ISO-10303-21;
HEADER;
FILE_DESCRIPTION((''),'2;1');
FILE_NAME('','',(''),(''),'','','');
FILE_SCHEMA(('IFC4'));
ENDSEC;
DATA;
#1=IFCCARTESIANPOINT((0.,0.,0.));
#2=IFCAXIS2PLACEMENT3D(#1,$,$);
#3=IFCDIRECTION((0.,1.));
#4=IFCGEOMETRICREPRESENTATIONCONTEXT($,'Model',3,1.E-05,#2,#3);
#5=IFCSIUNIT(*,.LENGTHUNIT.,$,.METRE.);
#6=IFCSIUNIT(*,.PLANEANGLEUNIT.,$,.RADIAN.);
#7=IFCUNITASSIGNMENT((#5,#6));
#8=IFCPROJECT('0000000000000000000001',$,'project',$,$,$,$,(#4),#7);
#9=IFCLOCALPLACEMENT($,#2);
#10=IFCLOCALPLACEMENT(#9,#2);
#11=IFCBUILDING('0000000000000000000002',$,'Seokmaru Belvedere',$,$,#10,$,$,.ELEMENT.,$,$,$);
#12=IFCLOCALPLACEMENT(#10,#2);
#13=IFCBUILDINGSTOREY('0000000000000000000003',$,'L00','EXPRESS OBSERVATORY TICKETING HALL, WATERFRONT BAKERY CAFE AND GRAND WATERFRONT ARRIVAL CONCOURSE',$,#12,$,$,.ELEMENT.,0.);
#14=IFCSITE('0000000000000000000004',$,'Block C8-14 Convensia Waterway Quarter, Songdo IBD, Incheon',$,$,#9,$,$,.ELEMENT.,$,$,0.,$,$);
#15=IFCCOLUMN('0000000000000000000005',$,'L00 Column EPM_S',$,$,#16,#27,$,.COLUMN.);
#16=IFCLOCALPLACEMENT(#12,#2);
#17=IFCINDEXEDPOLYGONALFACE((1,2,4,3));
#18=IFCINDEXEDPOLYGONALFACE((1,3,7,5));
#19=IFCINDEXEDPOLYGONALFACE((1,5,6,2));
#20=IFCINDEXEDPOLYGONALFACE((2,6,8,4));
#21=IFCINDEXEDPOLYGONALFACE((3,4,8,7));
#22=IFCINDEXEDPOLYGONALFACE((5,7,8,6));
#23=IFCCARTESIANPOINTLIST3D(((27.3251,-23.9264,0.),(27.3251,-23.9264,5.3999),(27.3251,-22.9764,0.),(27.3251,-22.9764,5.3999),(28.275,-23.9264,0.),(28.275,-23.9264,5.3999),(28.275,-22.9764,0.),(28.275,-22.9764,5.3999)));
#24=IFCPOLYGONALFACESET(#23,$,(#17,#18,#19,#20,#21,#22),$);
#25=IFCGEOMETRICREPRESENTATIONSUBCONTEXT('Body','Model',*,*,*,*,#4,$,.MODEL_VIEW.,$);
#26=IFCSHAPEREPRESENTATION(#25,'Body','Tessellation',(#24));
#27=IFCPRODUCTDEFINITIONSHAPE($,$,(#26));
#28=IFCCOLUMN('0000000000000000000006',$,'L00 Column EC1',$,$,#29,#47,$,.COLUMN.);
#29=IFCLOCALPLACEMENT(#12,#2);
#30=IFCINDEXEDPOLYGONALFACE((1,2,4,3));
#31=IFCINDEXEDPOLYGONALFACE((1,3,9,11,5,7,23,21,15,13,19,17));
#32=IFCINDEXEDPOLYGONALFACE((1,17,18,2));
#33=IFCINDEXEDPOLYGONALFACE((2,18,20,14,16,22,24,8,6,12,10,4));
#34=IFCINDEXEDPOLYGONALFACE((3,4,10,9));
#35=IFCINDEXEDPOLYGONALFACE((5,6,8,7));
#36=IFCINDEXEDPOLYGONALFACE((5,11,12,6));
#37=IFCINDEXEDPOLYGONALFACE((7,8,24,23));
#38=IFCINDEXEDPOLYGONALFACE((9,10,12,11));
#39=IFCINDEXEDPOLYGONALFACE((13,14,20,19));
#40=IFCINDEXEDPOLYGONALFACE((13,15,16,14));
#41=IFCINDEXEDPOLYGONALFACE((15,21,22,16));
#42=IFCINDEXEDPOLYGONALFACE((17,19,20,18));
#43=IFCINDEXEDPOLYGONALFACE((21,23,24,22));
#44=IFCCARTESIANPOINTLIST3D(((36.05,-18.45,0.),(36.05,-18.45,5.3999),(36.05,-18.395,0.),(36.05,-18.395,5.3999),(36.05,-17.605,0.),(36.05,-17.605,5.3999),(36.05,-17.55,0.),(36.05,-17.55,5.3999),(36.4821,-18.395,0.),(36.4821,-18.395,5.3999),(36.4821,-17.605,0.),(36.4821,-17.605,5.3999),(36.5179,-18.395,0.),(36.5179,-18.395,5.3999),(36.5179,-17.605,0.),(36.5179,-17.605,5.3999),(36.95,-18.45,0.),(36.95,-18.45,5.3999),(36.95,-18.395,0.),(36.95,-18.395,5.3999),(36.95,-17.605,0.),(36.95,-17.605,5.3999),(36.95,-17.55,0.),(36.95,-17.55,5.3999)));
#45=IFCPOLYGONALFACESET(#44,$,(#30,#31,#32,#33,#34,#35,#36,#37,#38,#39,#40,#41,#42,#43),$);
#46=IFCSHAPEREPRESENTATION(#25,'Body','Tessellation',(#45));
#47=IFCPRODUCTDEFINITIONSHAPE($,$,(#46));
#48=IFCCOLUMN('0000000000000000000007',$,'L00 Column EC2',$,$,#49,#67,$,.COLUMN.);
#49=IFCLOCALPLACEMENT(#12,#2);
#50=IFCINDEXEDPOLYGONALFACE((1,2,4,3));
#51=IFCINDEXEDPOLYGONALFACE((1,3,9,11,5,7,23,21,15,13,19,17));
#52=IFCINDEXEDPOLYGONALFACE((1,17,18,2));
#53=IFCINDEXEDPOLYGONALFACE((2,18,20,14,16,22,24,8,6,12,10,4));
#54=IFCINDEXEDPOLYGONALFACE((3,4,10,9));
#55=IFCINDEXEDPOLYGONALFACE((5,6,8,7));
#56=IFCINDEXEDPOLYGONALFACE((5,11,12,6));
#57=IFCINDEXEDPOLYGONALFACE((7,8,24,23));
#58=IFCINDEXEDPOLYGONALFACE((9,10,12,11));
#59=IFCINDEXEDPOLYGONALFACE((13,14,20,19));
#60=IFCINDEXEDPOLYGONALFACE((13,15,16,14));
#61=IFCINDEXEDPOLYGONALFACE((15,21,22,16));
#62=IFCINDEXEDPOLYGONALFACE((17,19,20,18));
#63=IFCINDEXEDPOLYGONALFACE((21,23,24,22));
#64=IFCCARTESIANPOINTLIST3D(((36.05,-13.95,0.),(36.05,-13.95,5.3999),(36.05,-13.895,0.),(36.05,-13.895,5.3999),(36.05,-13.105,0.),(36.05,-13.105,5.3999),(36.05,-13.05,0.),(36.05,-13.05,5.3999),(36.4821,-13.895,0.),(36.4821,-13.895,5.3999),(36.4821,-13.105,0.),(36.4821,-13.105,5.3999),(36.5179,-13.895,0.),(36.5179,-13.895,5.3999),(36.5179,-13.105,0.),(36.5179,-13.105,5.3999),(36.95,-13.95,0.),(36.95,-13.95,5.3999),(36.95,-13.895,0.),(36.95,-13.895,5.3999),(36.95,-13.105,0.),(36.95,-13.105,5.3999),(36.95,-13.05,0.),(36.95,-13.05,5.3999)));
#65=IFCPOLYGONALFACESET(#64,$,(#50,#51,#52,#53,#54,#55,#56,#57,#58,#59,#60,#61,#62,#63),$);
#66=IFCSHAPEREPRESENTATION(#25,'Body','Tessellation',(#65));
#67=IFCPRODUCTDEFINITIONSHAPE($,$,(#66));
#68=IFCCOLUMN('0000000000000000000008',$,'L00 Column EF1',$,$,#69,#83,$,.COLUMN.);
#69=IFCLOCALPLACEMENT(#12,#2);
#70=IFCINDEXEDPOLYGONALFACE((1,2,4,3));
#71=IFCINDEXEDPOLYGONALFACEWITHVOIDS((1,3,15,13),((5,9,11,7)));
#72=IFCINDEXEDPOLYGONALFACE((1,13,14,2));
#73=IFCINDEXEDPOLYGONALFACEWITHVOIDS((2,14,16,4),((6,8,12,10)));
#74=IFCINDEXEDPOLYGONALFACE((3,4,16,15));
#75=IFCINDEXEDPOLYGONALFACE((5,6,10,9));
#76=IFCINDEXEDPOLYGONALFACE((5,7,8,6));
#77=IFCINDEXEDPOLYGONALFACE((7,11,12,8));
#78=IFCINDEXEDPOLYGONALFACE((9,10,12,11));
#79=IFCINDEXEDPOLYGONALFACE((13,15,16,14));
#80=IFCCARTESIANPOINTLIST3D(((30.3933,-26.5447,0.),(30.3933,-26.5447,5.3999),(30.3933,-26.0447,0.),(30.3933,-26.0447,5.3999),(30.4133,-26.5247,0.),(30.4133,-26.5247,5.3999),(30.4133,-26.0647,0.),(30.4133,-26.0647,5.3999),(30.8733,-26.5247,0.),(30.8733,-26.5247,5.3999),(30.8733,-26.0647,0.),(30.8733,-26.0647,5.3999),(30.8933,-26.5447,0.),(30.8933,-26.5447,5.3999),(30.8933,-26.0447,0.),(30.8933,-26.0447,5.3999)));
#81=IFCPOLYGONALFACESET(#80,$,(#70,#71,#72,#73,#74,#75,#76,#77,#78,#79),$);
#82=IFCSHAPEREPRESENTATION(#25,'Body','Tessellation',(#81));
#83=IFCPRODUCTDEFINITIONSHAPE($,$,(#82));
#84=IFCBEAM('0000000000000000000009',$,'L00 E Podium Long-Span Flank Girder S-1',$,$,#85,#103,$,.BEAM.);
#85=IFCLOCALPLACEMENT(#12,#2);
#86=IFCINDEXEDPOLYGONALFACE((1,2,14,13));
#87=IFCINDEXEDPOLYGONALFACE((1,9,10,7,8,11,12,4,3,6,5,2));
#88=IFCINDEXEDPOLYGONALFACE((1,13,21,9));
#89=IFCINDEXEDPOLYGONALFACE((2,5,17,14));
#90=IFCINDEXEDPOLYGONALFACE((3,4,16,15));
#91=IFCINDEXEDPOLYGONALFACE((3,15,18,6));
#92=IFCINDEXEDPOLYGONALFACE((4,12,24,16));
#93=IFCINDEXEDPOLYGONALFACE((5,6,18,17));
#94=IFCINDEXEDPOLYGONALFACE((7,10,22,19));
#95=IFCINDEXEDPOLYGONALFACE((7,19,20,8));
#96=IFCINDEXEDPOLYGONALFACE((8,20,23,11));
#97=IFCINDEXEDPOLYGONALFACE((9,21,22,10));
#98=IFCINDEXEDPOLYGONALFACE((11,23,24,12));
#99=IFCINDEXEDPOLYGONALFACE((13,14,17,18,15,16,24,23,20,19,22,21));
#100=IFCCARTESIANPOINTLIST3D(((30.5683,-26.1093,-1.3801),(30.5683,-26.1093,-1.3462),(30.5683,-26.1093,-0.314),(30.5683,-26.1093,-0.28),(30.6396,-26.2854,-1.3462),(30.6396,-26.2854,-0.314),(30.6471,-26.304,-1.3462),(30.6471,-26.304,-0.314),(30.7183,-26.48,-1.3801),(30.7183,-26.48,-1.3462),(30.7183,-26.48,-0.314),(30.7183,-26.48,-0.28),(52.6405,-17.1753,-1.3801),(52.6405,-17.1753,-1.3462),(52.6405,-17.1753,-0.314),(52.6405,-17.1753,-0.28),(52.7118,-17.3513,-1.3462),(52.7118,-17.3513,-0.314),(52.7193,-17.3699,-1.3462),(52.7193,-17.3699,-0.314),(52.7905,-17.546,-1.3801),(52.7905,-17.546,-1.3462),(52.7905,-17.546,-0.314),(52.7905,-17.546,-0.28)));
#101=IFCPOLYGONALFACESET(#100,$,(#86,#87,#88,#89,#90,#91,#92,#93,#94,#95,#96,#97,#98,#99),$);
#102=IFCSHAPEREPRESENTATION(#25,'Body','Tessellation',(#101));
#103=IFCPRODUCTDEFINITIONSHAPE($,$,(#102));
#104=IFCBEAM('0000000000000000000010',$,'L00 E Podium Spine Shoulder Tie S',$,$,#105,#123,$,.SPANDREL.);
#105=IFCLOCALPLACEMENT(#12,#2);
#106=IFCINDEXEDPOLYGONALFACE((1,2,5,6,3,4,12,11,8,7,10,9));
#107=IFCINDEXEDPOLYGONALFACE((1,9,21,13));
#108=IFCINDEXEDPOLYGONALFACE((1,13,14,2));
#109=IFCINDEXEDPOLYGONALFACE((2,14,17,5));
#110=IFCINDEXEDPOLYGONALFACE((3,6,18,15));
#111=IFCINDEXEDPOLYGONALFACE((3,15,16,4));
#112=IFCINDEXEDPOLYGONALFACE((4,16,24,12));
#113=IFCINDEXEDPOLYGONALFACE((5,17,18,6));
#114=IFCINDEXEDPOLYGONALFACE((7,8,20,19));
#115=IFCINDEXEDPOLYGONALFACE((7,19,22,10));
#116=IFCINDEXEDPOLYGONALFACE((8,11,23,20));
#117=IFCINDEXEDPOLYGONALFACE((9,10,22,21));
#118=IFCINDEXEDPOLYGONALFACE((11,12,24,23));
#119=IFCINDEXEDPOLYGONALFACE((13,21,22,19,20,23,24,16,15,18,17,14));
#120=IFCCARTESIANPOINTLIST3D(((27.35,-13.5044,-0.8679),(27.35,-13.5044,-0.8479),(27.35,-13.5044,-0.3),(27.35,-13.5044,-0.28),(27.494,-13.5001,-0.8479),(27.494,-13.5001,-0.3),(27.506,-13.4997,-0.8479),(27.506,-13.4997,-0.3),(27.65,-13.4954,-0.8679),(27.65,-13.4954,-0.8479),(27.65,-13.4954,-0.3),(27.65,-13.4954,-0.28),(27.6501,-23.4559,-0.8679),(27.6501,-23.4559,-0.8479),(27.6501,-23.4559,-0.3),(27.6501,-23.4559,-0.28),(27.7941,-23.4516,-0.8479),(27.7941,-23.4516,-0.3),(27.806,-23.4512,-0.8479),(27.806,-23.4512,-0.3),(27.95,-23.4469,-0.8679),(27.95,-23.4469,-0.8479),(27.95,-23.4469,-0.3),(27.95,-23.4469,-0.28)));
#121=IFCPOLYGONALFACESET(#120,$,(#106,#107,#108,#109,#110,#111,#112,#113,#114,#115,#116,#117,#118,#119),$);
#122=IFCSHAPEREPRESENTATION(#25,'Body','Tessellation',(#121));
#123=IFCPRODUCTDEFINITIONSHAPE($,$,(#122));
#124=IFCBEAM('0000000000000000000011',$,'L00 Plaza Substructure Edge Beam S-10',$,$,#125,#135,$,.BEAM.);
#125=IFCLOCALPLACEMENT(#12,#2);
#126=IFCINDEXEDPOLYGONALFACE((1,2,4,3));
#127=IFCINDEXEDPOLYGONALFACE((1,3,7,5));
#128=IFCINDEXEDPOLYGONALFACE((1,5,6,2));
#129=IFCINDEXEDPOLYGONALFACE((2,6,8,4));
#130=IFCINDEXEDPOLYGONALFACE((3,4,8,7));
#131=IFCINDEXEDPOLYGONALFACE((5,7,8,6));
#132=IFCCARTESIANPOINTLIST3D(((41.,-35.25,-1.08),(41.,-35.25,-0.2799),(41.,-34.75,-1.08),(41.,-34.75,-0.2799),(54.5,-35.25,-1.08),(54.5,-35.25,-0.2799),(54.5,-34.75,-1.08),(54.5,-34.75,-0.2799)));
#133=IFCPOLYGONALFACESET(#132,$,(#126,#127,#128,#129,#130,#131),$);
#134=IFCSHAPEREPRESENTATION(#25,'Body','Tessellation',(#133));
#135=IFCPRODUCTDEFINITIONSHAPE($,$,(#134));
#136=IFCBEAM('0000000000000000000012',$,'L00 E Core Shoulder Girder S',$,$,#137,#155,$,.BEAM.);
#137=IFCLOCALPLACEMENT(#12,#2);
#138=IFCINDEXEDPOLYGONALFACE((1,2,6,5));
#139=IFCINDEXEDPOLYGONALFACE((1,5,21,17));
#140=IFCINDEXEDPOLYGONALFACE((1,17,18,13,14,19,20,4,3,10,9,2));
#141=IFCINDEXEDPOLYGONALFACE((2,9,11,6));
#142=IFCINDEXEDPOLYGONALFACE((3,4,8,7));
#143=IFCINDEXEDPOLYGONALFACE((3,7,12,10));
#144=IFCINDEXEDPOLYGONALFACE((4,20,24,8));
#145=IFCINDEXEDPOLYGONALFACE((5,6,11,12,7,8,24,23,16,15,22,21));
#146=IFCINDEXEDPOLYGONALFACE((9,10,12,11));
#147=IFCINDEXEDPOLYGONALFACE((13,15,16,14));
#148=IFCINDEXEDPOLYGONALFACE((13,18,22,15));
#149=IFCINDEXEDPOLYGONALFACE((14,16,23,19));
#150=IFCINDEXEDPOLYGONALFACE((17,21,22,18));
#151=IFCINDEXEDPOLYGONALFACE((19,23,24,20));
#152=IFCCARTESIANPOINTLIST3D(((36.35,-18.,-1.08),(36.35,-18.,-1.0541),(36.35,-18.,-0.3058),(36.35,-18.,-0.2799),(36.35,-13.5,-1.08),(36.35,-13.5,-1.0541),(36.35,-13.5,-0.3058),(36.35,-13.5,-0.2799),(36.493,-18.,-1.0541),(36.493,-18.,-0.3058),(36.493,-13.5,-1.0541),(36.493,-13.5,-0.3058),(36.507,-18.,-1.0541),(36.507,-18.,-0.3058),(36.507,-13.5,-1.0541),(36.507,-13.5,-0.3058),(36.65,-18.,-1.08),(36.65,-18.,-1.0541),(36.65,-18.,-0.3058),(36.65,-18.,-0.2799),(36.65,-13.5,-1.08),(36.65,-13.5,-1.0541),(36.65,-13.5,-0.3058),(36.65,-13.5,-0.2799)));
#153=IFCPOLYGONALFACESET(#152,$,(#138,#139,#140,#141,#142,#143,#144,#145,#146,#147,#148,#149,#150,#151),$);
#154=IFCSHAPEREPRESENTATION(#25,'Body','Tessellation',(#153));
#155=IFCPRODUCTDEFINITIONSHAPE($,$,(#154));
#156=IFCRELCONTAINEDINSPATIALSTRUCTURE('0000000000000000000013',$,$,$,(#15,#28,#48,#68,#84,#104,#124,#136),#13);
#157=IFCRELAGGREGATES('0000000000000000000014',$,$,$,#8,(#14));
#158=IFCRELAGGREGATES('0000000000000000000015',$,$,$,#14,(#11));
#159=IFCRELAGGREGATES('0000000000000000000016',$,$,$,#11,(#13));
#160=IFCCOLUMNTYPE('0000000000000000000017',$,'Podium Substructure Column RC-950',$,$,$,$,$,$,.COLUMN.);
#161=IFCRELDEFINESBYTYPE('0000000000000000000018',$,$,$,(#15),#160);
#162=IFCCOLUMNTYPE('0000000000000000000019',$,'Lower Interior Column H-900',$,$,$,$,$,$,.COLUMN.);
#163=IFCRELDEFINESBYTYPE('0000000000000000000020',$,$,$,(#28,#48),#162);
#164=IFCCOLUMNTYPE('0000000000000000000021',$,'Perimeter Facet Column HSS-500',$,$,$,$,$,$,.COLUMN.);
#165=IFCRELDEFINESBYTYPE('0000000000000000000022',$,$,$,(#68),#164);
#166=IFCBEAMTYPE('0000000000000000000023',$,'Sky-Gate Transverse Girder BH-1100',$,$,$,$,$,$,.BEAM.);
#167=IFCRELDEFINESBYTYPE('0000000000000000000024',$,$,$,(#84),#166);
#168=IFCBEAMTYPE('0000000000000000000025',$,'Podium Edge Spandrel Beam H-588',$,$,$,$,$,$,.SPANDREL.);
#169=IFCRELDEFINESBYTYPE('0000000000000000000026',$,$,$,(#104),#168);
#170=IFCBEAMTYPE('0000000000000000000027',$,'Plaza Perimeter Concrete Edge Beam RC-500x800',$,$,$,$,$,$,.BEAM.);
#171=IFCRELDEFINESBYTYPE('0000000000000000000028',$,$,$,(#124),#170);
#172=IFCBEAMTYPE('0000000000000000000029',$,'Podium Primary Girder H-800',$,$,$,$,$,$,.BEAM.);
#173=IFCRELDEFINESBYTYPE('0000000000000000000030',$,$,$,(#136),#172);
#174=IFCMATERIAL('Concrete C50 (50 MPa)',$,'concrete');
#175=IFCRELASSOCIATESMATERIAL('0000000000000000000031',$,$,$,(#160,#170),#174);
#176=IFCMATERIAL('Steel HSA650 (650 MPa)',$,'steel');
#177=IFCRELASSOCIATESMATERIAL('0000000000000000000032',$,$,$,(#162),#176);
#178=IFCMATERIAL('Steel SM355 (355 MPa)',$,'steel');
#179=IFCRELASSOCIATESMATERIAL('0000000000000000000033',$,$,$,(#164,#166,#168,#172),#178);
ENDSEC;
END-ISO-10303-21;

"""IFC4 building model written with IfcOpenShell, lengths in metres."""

from ifc_helpers import new_model, si_unit, direction, frame, origin, origin_2d, place, context, subcontext, project, spatial, rectangle, hollow_rectangle, i_section, extrude, source, transform, mapped, material, material_profile, profile_set, type_object, type_shapes, element, save


model = new_model("IFC4")

# Units and contexts
model_context = context("Model", 3, precision=1e-05, world=origin(), true_north=direction((0.0, 1.0)))
body_context = subcontext(model_context, "Body", "Model", "MODEL_VIEW")
ifc_project = project(units=[si_unit("LENGTHUNIT", "METRE"), si_unit("PLANEANGLEUNIT", "RADIAN")], contexts=[model_context])

# Site, building, storey
site_placement = place(None, origin())
site = spatial("IfcSite", under=ifc_project, at=site_placement, Name="Block C8-14 Convensia Waterway Quarter, Songdo IBD, Incheon", CompositionType="ELEMENT", RefElevation=0.0)
building_placement = place(site_placement, origin())
building = spatial("IfcBuilding", under=site, at=building_placement, Name="Seokmaru Belvedere", CompositionType="ELEMENT")
storey_placement = place(building_placement, origin())
storey = spatial("IfcBuildingStorey", under=building, at=storey_placement, Name="L00", Description="EXPRESS OBSERVATORY TICKETING HALL, WATERFRONT BAKERY CAFE AND GRAND WATERFRONT ARRIVAL CONCOURSE", CompositionType="ELEMENT", Elevation=0.0)

# Columns
ifc_material_1 = material(Name="Concrete C50 (50 MPa)", Category="concrete")
ifc_material_profile_1 = material_profile(ifc_material_1, rectangle(XDim=0.95, YDim=0.95, at=origin_2d()), Name="RC-950x950")
ifc_profile_set_1 = profile_set([ifc_material_profile_1], Name="Concrete C50 (50 MPa)")
column_type_1 = type_object("IfcColumnType", Name="Podium Substructure Column RC-950", PredefinedType="COLUMN", material=ifc_profile_set_1)
shared_shape_1 = source(origin(), body_context, "Body", "SweptSolid", [
    extrude(rectangle(XDim=0.95, YDim=0.95, at=origin_2d()), origin(), (0.0, 0.0, 1.0), 5.3999),
])
type_shapes(column_type_1, [shared_shape_1])
column_1_placement = place(storey_placement, frame((27.8, -23.4514, 0.0), z_axis=(0.0, 0.0, 1.0), x_axis=(1.0, 0.0, 0.0)))
element("IfcColumn", 1, at=column_1_placement, inside=storey, type_object=column_type_1, Name="L00 Column EPM_S", PredefinedType="COLUMN", context=body_context, shape_type="MappedRepresentation", body=[
    mapped(shared_shape_1, transform((0.0, 0.0, 0.0), scale=1.0)),
])
ifc_material_2 = material(Name="Steel HSA650 (650 MPa)", Category="steel")
ifc_material_profile_2 = material_profile(ifc_material_2, i_section(OverallWidth=0.8999, OverallDepth=0.8999, WebThickness=0.0359, FlangeThickness=0.0549, at=origin_2d()), Name="H-900x900x36x55")
ifc_profile_set_2 = profile_set([ifc_material_profile_2], Name="Steel HSA650 (650 MPa)")
column_type_2 = type_object("IfcColumnType", Name="Lower Interior Column H-900", PredefinedType="COLUMN", material=ifc_profile_set_2)
shared_shape_2 = source(origin(), body_context, "Body", "SweptSolid", [
    extrude(i_section(OverallWidth=0.8999, OverallDepth=0.8999, WebThickness=0.0359, FlangeThickness=0.0549, at=origin_2d()), origin(), (0.0, 0.0, 1.0), 5.3999),
])
type_shapes(column_type_2, [shared_shape_2])
for number, where, z_axis, x_axis, name in (
    (2, (36.5, -18.0, 0.0), (0.0, 0.0, 1.0), (1.0, 0.0, 0.0), "L00 Column EC1"),
    (3, (36.5, -13.5, 0.0), (0.0, 0.0, 1.0), (1.0, 0.0, 0.0), "L00 Column EC2"),
):
    element("IfcColumn", number, at=place(storey_placement, frame(where, z_axis=z_axis, x_axis=x_axis)), inside=storey, type_object=column_type_2, Name=name, PredefinedType="COLUMN", context=body_context, shape_type="MappedRepresentation", body=[
        mapped(shared_shape_2, transform((0.0, 0.0, 0.0), scale=1.0)),
    ])
ifc_material_3 = material(Name="Steel SM355 (355 MPa)", Category="steel")
ifc_material_profile_3 = material_profile(ifc_material_3, hollow_rectangle(XDim=0.5, YDim=0.5, WallThickness=0.02, at=origin_2d()), Name="HSS-500x500x20")
ifc_profile_set_3 = profile_set([ifc_material_profile_3], Name="Steel SM355 (355 MPa)")
column_type_3 = type_object("IfcColumnType", Name="Perimeter Facet Column HSS-500", PredefinedType="COLUMN", material=ifc_profile_set_3)
shared_shape_3 = source(origin(), body_context, "Body", "SweptSolid", [
    extrude(hollow_rectangle(XDim=0.5, YDim=0.5, WallThickness=0.02, at=origin_2d()), origin(), (0.0, 0.0, 1.0), 5.3999),
])
type_shapes(column_type_3, [shared_shape_3])
column_2_placement = place(storey_placement, frame((30.6433, -26.2947, 0.0), z_axis=(0.0, 0.0, 1.0), x_axis=(1.0, 0.0, 0.0)))
element("IfcColumn", 4, at=column_2_placement, inside=storey, type_object=column_type_3, Name="L00 Column EF1", PredefinedType="COLUMN", context=body_context, shape_type="MappedRepresentation", body=[
    mapped(shared_shape_3, transform((0.0, 0.0, 0.0), scale=1.0)),
])

# Beams
ifc_material_profile_4 = material_profile(ifc_material_3, i_section(OverallWidth=0.3999, OverallDepth=1.1001, WebThickness=0.02, FlangeThickness=0.0339, at=origin_2d()), Name="BH-1100x400x20x34")
ifc_profile_set_4 = profile_set([ifc_material_profile_4], Name="Steel SM355 (355 MPa)")
beam_type_1 = type_object("IfcBeamType", Name="Sky-Gate Transverse Girder BH-1100", PredefinedType="BEAM", material=ifc_profile_set_4)
shared_shape_4 = source(origin(), body_context, "Body", "SweptSolid", [
    extrude(i_section(OverallWidth=0.3999, OverallDepth=1.1001, WebThickness=0.02, FlangeThickness=0.0339, at=origin_2d()), origin(), (0.0, 0.0, 1.0), 23.8118),
])
type_shapes(beam_type_1, [shared_shape_4])
beam_1_placement = place(storey_placement, frame((30.6433, -26.2947, -0.8301), z_axis=(0.926946, 0.375195, 0.0), x_axis=(-0.375195, 0.926946, 0.0)))
element("IfcBeam", 5, at=beam_1_placement, inside=storey, type_object=beam_type_1, Name="L00 E Podium Long-Span Flank Girder S-1", PredefinedType="BEAM", context=body_context, shape_type="MappedRepresentation", body=[
    mapped(shared_shape_4, transform((0.0, 0.0, 0.0), scale=1.0)),
])
ifc_material_profile_5 = material_profile(ifc_material_3, i_section(OverallWidth=0.3, OverallDepth=0.5879, WebThickness=0.012, FlangeThickness=0.02, at=origin_2d()), Name="H-588x300x12x20")
ifc_profile_set_5 = profile_set([ifc_material_profile_5], Name="Steel SM355 (355 MPa)")
beam_type_2 = type_object("IfcBeamType", Name="Podium Edge Spandrel Beam H-588", PredefinedType="SPANDREL", material=ifc_profile_set_5)
shared_shape_5 = source(origin(), body_context, "Body", "SweptSolid", [
    extrude(i_section(OverallWidth=0.3, OverallDepth=0.5879, WebThickness=0.012, FlangeThickness=0.02, at=origin_2d()), origin(), (0.0, 0.0, 1.0), 9.9561),
])
type_shapes(beam_type_2, [shared_shape_5])
beam_2_placement = place(storey_placement, frame((27.8, -23.4514, -0.574), z_axis=(-0.030138, 0.999546, 0.0), x_axis=(-0.999546, -0.030138, 0.0)))
element("IfcBeam", 6, at=beam_2_placement, inside=storey, type_object=beam_type_2, Name="L00 E Podium Spine Shoulder Tie S", PredefinedType="SPANDREL", context=body_context, shape_type="MappedRepresentation", body=[
    mapped(shared_shape_5, transform((0.0, 0.0, 0.0), scale=1.0)),
])
ifc_material_profile_6 = material_profile(ifc_material_1, rectangle(XDim=0.5, YDim=0.8, at=origin_2d()), Name="RC-500x800")
ifc_profile_set_6 = profile_set([ifc_material_profile_6], Name="Concrete C50 (50 MPa)")
beam_type_3 = type_object("IfcBeamType", Name="Plaza Perimeter Concrete Edge Beam RC-500x800", PredefinedType="BEAM", material=ifc_profile_set_6)
shared_shape_6 = source(origin(), body_context, "Body", "SweptSolid", [
    extrude(rectangle(XDim=0.5, YDim=0.8, at=origin_2d()), origin(), (0.0, 0.0, 1.0), 13.5),
])
beam_3_placement = place(storey_placement, frame((41.0, -35.0, -0.6799), z_axis=(1.0, 0.0, 0.0), x_axis=(0.0, 1.0, 0.0)))
element("IfcBeam", 7, at=beam_3_placement, inside=storey, type_object=beam_type_3, Name="L00 Plaza Substructure Edge Beam S-10", PredefinedType="BEAM", context=body_context, shape_type="MappedRepresentation", body=[
    mapped(shared_shape_6, transform((0.0, 0.0, 0.0), scale=1.0)),
])
ifc_material_profile_7 = material_profile(ifc_material_3, i_section(OverallWidth=0.3, OverallDepth=0.8, WebThickness=0.0139, FlangeThickness=0.0259, at=origin_2d()), Name="H-800x300x14x26")
ifc_profile_set_7 = profile_set([ifc_material_profile_7], Name="Steel SM355 (355 MPa)")
beam_type_4 = type_object("IfcBeamType", Name="Podium Primary Girder H-800", PredefinedType="BEAM", material=ifc_profile_set_7)
shared_shape_7 = source(origin(), body_context, "Body", "SweptSolid", [
    extrude(i_section(OverallWidth=0.3, OverallDepth=0.8, WebThickness=0.0139, FlangeThickness=0.0259, at=origin_2d()), origin(), (0.0, 0.0, 1.0), 4.5),
])
beam_4_placement = place(storey_placement, frame((36.5, -18.0, -0.6799), z_axis=(0.0, 1.0, 0.0), x_axis=(-1.0, 0.0, 0.0)))
element("IfcBeam", 8, at=beam_4_placement, inside=storey, type_object=beam_type_4, Name="L00 E Core Shoulder Girder S", PredefinedType="BEAM", context=body_context, shape_type="MappedRepresentation", body=[
    mapped(shared_shape_7, transform((0.0, 0.0, 0.0), scale=1.0)),
])

save(model, "model.ifc")
